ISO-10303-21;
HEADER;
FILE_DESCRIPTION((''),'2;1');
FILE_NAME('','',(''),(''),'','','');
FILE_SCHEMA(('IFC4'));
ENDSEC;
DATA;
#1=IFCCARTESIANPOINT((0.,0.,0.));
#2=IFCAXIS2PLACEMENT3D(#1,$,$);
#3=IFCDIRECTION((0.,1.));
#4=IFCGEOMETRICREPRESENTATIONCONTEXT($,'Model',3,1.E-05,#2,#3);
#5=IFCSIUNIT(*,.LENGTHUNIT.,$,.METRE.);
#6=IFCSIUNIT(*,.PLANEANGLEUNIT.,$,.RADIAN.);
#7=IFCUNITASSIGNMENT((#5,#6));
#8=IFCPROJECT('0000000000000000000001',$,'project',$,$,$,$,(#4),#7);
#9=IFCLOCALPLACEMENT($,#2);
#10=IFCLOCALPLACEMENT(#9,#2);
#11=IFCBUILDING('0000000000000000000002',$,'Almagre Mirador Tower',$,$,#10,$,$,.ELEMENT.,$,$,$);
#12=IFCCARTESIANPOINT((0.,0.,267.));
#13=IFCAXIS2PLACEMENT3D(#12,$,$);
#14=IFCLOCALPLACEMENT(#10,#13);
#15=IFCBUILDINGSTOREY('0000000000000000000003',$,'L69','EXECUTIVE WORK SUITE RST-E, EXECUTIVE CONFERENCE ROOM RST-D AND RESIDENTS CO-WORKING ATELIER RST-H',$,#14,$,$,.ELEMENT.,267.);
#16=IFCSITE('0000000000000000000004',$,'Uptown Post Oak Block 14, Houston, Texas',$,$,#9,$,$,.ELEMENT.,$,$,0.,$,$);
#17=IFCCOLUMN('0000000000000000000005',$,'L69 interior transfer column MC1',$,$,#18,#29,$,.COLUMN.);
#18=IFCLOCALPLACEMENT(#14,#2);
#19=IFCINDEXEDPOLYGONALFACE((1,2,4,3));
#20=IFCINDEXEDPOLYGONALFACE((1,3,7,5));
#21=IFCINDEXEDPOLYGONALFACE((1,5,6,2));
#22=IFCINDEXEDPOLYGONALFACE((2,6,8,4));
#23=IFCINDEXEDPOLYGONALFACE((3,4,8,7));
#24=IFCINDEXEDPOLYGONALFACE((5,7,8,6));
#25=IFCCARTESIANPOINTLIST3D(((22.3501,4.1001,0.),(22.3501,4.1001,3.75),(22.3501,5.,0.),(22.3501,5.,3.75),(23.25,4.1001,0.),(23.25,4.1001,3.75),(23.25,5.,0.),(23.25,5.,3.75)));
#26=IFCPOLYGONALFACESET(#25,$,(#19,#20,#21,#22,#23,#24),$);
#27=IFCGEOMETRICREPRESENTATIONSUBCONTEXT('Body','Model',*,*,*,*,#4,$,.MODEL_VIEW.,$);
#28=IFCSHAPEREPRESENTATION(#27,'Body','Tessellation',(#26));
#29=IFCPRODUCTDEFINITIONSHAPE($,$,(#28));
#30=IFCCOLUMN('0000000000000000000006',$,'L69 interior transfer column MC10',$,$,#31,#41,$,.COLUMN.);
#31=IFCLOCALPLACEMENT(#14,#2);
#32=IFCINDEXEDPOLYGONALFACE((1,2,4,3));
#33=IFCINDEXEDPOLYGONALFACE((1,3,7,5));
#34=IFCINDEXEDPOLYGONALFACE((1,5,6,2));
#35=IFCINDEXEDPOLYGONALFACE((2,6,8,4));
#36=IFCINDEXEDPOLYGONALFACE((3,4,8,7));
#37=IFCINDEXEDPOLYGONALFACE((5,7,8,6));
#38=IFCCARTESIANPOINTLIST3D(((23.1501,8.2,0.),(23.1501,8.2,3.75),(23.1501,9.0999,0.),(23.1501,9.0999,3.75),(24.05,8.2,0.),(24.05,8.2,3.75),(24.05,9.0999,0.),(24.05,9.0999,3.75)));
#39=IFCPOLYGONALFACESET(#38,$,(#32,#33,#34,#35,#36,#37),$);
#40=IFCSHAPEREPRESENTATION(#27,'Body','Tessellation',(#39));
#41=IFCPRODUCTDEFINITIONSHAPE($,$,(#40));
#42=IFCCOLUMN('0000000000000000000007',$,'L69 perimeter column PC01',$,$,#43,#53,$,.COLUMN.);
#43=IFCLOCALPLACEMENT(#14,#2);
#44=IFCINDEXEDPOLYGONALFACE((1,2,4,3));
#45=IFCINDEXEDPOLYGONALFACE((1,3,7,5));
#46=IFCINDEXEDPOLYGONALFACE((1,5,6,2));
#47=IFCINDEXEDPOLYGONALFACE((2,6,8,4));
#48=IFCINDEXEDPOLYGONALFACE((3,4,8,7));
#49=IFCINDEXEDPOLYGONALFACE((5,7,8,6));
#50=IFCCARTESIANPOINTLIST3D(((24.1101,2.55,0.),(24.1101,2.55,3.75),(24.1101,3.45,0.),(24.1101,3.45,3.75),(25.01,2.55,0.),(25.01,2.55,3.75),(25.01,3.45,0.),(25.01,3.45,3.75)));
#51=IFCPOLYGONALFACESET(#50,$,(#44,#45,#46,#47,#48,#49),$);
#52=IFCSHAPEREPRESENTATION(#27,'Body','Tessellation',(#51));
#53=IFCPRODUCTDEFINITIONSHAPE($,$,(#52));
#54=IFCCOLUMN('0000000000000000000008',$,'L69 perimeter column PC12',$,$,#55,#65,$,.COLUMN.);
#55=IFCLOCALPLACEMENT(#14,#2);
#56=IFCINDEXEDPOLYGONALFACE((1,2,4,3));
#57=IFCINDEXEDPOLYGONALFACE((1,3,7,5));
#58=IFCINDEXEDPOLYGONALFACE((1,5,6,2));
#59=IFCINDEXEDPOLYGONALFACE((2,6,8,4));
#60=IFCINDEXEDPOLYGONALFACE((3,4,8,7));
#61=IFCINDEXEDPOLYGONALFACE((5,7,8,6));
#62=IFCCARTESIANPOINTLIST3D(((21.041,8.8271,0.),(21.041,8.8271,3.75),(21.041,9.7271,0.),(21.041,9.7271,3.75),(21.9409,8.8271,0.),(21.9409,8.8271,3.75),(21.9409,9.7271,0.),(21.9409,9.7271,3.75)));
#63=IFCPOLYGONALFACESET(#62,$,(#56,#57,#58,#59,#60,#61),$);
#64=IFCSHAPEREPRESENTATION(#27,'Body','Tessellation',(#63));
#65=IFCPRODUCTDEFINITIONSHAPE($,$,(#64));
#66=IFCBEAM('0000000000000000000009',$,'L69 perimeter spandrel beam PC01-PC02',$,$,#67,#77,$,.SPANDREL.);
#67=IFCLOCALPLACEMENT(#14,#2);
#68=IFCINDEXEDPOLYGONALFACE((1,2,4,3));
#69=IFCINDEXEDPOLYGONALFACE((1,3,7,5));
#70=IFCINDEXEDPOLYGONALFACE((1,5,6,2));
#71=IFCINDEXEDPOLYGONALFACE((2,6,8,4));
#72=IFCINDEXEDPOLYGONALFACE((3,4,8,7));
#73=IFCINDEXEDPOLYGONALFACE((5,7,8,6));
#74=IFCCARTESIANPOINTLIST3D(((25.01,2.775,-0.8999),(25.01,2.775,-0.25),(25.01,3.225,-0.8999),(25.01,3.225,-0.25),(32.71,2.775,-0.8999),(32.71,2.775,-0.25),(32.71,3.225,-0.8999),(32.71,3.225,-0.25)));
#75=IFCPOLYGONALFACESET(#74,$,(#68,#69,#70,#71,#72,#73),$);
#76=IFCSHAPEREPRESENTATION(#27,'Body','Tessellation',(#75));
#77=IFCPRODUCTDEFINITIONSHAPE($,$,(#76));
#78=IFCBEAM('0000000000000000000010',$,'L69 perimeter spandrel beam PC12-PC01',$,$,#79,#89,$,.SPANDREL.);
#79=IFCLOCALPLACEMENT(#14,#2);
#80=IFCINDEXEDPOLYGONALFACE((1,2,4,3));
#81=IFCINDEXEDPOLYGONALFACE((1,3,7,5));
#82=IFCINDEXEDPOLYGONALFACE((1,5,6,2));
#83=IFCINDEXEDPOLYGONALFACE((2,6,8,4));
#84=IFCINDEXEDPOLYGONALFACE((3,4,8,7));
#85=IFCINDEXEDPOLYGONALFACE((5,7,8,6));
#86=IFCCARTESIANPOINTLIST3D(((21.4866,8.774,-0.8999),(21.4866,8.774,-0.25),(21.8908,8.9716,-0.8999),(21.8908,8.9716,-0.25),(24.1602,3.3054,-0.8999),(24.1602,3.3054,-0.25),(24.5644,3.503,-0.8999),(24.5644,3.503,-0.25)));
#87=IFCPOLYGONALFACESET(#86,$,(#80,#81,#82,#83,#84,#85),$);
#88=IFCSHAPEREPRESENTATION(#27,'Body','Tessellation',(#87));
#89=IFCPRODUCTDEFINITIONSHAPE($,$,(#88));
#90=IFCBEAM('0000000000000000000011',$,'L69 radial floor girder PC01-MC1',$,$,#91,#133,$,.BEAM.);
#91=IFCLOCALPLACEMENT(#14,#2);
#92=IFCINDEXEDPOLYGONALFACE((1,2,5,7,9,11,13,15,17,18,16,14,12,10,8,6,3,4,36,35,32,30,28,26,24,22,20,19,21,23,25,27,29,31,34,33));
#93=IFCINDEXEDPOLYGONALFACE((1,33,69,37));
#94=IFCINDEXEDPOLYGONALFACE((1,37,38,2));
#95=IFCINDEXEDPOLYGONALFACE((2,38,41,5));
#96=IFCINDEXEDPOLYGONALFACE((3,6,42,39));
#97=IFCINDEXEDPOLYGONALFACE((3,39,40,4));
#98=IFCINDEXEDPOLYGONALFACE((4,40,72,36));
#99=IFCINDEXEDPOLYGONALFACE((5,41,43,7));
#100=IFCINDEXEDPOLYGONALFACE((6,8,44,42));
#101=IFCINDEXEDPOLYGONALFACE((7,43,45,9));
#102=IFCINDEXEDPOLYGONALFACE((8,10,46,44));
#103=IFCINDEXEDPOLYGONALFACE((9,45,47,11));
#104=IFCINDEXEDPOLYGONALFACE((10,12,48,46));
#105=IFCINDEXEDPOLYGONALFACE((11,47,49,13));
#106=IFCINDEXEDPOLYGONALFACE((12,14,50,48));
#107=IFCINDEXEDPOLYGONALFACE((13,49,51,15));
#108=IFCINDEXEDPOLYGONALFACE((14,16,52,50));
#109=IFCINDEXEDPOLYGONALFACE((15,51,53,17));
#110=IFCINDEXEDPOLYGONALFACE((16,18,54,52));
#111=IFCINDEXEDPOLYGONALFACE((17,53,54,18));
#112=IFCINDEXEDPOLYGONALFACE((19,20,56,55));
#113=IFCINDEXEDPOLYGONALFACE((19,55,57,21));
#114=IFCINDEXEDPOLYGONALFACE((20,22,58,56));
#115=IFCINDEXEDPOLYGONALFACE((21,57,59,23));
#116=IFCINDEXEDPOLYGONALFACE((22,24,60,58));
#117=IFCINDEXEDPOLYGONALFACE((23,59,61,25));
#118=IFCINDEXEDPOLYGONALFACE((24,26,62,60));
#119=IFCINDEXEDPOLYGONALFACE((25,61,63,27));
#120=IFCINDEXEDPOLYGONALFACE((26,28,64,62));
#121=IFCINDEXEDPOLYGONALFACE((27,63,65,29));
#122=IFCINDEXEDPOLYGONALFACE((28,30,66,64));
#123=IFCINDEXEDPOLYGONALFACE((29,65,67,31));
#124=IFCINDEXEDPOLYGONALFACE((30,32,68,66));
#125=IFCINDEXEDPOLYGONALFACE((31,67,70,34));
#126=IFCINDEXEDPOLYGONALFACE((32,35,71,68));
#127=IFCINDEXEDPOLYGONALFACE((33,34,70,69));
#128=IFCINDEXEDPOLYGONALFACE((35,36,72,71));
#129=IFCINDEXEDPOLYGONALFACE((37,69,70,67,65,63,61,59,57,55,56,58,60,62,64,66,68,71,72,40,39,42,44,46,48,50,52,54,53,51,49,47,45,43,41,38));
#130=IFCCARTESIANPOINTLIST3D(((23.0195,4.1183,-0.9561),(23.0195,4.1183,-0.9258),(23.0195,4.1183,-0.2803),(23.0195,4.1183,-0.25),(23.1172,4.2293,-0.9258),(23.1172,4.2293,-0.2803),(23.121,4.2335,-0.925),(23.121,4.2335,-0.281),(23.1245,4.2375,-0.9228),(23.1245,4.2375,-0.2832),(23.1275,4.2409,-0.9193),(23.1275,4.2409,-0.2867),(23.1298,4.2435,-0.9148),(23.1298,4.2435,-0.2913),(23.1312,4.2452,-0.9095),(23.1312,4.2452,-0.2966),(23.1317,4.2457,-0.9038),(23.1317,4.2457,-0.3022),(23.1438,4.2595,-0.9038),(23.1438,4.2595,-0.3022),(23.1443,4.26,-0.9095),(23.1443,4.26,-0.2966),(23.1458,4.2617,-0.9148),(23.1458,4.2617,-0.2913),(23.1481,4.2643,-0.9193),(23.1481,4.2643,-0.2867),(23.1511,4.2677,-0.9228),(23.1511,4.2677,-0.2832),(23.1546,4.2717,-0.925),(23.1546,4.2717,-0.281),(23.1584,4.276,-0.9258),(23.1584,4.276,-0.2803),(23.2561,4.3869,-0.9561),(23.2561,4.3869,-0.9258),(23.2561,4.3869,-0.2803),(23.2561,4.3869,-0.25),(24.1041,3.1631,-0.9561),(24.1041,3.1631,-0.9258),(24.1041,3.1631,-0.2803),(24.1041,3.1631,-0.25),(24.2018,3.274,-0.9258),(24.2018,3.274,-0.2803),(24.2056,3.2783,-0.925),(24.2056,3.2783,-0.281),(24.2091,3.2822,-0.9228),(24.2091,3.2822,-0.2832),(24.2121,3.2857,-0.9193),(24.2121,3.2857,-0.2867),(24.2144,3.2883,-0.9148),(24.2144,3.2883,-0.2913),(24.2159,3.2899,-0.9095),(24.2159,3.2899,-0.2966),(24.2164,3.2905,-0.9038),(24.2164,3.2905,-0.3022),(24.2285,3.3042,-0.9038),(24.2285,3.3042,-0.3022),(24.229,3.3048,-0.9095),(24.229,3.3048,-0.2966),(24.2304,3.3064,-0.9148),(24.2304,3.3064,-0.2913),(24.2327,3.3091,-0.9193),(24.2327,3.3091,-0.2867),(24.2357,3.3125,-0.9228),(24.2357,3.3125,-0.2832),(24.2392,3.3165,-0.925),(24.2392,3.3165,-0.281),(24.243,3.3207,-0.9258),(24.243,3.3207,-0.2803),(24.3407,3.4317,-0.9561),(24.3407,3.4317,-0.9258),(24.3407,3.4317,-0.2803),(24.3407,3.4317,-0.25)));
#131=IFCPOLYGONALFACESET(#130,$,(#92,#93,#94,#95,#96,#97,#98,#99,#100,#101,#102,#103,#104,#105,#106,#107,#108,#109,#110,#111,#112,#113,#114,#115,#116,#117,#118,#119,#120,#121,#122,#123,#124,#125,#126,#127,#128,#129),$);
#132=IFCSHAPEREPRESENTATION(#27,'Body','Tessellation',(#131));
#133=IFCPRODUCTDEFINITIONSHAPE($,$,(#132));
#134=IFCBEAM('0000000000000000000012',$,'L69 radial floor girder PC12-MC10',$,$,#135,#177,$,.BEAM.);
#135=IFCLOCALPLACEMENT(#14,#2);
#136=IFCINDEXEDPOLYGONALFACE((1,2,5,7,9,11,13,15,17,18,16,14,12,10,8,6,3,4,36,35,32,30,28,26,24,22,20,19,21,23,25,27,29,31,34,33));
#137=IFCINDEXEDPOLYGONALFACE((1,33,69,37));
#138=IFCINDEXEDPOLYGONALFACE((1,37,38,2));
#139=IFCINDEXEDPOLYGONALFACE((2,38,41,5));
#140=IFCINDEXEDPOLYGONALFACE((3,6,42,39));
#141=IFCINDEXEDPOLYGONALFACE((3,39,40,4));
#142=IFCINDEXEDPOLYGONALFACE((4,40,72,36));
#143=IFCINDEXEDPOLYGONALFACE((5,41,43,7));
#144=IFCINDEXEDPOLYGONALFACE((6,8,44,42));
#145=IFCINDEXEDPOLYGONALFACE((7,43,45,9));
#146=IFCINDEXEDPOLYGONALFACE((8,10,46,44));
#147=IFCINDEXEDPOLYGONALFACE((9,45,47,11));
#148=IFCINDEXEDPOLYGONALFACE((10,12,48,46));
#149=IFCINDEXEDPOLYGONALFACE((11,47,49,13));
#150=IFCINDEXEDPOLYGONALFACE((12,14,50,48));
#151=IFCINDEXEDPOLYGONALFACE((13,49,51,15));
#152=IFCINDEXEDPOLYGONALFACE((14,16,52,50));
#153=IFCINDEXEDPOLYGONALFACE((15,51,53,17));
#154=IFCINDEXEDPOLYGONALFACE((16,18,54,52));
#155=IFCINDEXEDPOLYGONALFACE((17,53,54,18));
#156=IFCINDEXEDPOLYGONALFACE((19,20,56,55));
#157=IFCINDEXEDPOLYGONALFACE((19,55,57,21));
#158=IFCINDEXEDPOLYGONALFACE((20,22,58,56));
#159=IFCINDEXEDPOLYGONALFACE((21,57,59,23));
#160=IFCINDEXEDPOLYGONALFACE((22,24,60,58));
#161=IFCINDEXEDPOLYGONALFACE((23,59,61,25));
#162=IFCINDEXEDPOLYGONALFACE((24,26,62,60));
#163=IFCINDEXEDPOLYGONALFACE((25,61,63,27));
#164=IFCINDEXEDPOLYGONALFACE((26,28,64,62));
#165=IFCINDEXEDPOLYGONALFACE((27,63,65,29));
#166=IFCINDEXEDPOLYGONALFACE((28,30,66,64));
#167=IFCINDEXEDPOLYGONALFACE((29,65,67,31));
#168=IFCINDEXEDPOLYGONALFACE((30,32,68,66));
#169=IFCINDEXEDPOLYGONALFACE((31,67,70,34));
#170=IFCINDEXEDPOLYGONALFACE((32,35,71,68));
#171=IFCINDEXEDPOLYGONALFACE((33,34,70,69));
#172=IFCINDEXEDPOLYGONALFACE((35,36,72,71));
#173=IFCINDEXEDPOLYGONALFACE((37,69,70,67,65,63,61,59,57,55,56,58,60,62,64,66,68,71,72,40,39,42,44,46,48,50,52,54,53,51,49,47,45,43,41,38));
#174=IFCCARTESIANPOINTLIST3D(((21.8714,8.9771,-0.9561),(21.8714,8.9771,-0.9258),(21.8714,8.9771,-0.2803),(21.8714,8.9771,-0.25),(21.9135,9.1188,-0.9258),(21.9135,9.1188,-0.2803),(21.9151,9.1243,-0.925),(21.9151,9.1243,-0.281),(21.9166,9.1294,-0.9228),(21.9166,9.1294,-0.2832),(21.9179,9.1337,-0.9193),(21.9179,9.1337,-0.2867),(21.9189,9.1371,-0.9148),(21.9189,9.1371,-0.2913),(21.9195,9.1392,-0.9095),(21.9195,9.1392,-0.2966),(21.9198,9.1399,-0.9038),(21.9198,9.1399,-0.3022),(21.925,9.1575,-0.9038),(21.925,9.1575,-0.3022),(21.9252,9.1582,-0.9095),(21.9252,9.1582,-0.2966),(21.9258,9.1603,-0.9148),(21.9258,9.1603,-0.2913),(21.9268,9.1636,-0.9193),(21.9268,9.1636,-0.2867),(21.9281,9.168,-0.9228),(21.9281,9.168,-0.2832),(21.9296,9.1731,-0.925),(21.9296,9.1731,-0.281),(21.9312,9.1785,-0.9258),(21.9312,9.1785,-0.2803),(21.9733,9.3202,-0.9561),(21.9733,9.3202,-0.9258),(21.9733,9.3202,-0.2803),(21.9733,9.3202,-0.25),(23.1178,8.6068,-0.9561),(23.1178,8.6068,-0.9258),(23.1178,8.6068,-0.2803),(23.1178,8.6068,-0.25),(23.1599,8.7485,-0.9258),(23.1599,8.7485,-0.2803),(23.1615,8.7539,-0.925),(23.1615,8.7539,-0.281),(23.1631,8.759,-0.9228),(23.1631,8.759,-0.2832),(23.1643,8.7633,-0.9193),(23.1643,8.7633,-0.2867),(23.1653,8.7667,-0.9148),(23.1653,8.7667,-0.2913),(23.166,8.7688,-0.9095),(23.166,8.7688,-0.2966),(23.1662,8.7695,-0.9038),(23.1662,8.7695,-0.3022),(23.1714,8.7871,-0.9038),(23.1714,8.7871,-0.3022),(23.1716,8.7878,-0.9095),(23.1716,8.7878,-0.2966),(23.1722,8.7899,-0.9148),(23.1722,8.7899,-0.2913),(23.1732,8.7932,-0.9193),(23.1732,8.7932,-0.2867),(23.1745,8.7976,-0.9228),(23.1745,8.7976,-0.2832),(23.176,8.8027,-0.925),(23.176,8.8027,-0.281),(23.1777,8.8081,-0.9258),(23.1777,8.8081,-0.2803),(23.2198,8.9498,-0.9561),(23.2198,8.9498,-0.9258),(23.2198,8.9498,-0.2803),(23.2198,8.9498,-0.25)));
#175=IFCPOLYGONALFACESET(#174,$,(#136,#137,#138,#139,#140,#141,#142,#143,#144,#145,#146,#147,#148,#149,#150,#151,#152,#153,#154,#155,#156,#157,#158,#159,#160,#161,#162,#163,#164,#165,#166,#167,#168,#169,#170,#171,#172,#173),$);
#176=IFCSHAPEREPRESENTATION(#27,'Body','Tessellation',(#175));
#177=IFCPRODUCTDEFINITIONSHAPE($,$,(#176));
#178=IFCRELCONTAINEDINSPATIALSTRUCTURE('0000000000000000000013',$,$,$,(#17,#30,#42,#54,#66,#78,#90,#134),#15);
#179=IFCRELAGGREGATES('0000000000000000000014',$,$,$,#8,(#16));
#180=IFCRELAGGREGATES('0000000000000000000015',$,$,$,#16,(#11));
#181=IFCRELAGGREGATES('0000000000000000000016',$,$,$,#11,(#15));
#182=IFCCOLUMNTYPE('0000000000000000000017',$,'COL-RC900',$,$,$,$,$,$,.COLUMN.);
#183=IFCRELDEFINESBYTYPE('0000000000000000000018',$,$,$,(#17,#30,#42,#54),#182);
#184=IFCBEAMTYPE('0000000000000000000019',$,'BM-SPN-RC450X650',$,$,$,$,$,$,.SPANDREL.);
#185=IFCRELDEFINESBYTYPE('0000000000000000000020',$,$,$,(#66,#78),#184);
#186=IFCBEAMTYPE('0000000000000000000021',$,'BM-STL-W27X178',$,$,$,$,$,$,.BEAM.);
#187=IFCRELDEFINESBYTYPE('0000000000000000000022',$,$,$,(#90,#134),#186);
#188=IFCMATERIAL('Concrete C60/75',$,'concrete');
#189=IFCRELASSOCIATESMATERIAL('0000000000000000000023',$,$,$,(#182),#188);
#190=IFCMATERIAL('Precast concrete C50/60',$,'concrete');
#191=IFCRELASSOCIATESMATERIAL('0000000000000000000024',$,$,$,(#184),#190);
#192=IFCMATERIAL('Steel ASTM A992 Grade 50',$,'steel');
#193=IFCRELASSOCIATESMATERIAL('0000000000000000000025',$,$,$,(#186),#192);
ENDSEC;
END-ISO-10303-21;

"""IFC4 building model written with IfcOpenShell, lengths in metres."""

from ifc_helpers import new_model, si_unit, direction, frame, origin, origin_2d, place, context, subcontext, project, spatial, rectangle, i_section, extrude, material, material_profile, profile_set, type_object, element, save


model = new_model("IFC4")

# Units and contexts
model_context = context("Model", 3, precision=1e-05, world=origin(), true_north=direction((0.0, 1.0)))
body_context = subcontext(model_context, "Body", "Model", "MODEL_VIEW")
ifc_project = project(units=[si_unit("LENGTHUNIT", "METRE"), si_unit("PLANEANGLEUNIT", "RADIAN")], contexts=[model_context])

# Site, building, storey
site_placement = place(None, origin())
site = spatial("IfcSite", under=ifc_project, at=site_placement, Name="Uptown Post Oak Block 14, Houston, Texas", CompositionType="ELEMENT", RefElevation=0.0)
building_placement = place(site_placement, origin())
building = spatial("IfcBuilding", under=site, at=building_placement, Name="Almagre Mirador Tower", CompositionType="ELEMENT")
storey_placement = place(building_placement, frame((0.0, 0.0, 267.0)))
storey = spatial("IfcBuildingStorey", under=building, at=storey_placement, Name="L69", Description="EXECUTIVE WORK SUITE RST-E, EXECUTIVE CONFERENCE ROOM RST-D AND RESIDENTS CO-WORKING ATELIER RST-H", CompositionType="ELEMENT", Elevation=267.0)

# Columns
ifc_material_1 = material(Name="Concrete C60/75", Category="concrete")
ifc_material_profile_1 = material_profile(ifc_material_1, rectangle(XDim=0.8999, YDim=0.8999, at=origin_2d()), Name="RC900X900")
ifc_profile_set_1 = profile_set([ifc_material_profile_1], Name="Concrete C60/75")
column_type = type_object("IfcColumnType", Name="COL-RC900", PredefinedType="COLUMN", material=ifc_profile_set_1)
for number, where, z_axis, x_axis, name in (
    (1, (22.8, 4.55, 0.0), (0.0, 0.0, 1.0), (1.0, 0.0, 0.0), "L69 interior transfer column MC1"),
    (2, (23.6001, 8.6499, 0.0), (0.0, 0.0, 1.0), (1.0, 0.0, 0.0), "L69 interior transfer column MC10"),
    (3, (24.5601, 3.0, 0.0), (0.0, 0.0, 1.0), (1.0, 0.0, 0.0), "L69 perimeter column PC01"),
    (4, (21.491, 9.2771, 0.0), (0.0, 0.0, 1.0), (1.0, 0.0, 0.0), "L69 perimeter column PC12"),
):
    element("IfcColumn", number, at=place(storey_placement, frame(where, z_axis=z_axis, x_axis=x_axis)), inside=storey, type_object=column_type, Name=name, PredefinedType="COLUMN", context=body_context, shape_type="SweptSolid", body=[
        extrude(rectangle(XDim=0.8999, YDim=0.8999, at=origin_2d()), origin(), (0.0, 0.0, 1.0), 3.75),
    ])

# Beams
ifc_material_2 = material(Name="Precast concrete C50/60", Category="concrete")
ifc_material_profile_2 = material_profile(ifc_material_2, rectangle(XDim=0.45, YDim=0.6499, at=origin_2d()), Name="RC450X650")
ifc_profile_set_2 = profile_set([ifc_material_profile_2], Name="Precast concrete C50/60")
beam_type_1 = type_object("IfcBeamType", Name="BM-SPN-RC450X650", PredefinedType="SPANDREL", material=ifc_profile_set_2)
beam_1_placement = place(storey_placement, frame((25.01, 3.0, -0.575), z_axis=(1.0, 0.0, 0.0), x_axis=(0.0, 1.0, 0.0)))
element("IfcBeam", 5, at=beam_1_placement, inside=storey, type_object=beam_type_1, Name="L69 perimeter spandrel beam PC01-PC02", PredefinedType="SPANDREL", context=body_context, shape_type="SweptSolid", body=[
    extrude(rectangle(XDim=0.45, YDim=0.6499, at=origin_2d()), origin(), (0.0, 0.0, 1.0), 7.7),
])
beam_2_placement = place(storey_placement, frame((21.6887, 8.8728, -0.575), z_axis=(0.439222, -0.898378, 0.0), x_axis=(0.898378, 0.439222, 0.0)))
element("IfcBeam", 6, at=beam_2_placement, inside=storey, type_object=beam_type_1, Name="L69 perimeter spandrel beam PC12-PC01", PredefinedType="SPANDREL", context=body_context, shape_type="SweptSolid", body=[
    extrude(rectangle(XDim=0.45, YDim=0.6499, at=origin_2d()), origin(), (0.0, 0.0, 1.0), 6.0872),
])
ifc_material_3 = material(Name="Steel ASTM A992 Grade 50", Category="steel")
ifc_material_profile_3 = material_profile(ifc_material_3, i_section(OverallWidth=0.3579, OverallDepth=0.7061, WebThickness=0.0183, FlangeThickness=0.0303, FilletRadius=0.022, at=origin_2d()), Name="W27X178")
ifc_profile_set_3 = profile_set([ifc_material_profile_3], Name="Steel ASTM A992 Grade 50")
beam_type_2 = type_object("IfcBeamType", Name="BM-STL-W27X178", PredefinedType="BEAM", material=ifc_profile_set_3)
beam_3_placement = place(storey_placement, frame((24.2224, 3.2974, -0.603), z_axis=(-0.750449, 0.660929, 0.0), x_axis=(-0.660929, -0.750449, 0.0)))
element("IfcBeam", 7, at=beam_3_placement, inside=storey, type_object=beam_type_2, Name="L69 radial floor girder PC01-MC1", PredefinedType="BEAM", context=body_context, shape_type="SweptSolid", body=[
    extrude(i_section(OverallWidth=0.3579, OverallDepth=0.7061, WebThickness=0.0183, FlangeThickness=0.0303, FilletRadius=0.022, at=origin_2d()), origin(), (0.0, 0.0, 1.0), 1.4453),
])
beam_4_placement = place(storey_placement, frame((21.9224, 9.1487, -0.603), z_axis=(0.958572, -0.284849, 0.0), x_axis=(0.284849, 0.958572, 0.0)))
element("IfcBeam", 8, at=beam_4_placement, inside=storey, type_object=beam_type_2, Name="L69 radial floor girder PC12-MC10", PredefinedType="BEAM", context=body_context, shape_type="SweptSolid", body=[
    extrude(i_section(OverallWidth=0.3579, OverallDepth=0.7061, WebThickness=0.0183, FlangeThickness=0.0303, FilletRadius=0.022, at=origin_2d()), origin(), (0.0, 0.0, 1.0), 1.3003),
])

save(model, "model.ifc")
